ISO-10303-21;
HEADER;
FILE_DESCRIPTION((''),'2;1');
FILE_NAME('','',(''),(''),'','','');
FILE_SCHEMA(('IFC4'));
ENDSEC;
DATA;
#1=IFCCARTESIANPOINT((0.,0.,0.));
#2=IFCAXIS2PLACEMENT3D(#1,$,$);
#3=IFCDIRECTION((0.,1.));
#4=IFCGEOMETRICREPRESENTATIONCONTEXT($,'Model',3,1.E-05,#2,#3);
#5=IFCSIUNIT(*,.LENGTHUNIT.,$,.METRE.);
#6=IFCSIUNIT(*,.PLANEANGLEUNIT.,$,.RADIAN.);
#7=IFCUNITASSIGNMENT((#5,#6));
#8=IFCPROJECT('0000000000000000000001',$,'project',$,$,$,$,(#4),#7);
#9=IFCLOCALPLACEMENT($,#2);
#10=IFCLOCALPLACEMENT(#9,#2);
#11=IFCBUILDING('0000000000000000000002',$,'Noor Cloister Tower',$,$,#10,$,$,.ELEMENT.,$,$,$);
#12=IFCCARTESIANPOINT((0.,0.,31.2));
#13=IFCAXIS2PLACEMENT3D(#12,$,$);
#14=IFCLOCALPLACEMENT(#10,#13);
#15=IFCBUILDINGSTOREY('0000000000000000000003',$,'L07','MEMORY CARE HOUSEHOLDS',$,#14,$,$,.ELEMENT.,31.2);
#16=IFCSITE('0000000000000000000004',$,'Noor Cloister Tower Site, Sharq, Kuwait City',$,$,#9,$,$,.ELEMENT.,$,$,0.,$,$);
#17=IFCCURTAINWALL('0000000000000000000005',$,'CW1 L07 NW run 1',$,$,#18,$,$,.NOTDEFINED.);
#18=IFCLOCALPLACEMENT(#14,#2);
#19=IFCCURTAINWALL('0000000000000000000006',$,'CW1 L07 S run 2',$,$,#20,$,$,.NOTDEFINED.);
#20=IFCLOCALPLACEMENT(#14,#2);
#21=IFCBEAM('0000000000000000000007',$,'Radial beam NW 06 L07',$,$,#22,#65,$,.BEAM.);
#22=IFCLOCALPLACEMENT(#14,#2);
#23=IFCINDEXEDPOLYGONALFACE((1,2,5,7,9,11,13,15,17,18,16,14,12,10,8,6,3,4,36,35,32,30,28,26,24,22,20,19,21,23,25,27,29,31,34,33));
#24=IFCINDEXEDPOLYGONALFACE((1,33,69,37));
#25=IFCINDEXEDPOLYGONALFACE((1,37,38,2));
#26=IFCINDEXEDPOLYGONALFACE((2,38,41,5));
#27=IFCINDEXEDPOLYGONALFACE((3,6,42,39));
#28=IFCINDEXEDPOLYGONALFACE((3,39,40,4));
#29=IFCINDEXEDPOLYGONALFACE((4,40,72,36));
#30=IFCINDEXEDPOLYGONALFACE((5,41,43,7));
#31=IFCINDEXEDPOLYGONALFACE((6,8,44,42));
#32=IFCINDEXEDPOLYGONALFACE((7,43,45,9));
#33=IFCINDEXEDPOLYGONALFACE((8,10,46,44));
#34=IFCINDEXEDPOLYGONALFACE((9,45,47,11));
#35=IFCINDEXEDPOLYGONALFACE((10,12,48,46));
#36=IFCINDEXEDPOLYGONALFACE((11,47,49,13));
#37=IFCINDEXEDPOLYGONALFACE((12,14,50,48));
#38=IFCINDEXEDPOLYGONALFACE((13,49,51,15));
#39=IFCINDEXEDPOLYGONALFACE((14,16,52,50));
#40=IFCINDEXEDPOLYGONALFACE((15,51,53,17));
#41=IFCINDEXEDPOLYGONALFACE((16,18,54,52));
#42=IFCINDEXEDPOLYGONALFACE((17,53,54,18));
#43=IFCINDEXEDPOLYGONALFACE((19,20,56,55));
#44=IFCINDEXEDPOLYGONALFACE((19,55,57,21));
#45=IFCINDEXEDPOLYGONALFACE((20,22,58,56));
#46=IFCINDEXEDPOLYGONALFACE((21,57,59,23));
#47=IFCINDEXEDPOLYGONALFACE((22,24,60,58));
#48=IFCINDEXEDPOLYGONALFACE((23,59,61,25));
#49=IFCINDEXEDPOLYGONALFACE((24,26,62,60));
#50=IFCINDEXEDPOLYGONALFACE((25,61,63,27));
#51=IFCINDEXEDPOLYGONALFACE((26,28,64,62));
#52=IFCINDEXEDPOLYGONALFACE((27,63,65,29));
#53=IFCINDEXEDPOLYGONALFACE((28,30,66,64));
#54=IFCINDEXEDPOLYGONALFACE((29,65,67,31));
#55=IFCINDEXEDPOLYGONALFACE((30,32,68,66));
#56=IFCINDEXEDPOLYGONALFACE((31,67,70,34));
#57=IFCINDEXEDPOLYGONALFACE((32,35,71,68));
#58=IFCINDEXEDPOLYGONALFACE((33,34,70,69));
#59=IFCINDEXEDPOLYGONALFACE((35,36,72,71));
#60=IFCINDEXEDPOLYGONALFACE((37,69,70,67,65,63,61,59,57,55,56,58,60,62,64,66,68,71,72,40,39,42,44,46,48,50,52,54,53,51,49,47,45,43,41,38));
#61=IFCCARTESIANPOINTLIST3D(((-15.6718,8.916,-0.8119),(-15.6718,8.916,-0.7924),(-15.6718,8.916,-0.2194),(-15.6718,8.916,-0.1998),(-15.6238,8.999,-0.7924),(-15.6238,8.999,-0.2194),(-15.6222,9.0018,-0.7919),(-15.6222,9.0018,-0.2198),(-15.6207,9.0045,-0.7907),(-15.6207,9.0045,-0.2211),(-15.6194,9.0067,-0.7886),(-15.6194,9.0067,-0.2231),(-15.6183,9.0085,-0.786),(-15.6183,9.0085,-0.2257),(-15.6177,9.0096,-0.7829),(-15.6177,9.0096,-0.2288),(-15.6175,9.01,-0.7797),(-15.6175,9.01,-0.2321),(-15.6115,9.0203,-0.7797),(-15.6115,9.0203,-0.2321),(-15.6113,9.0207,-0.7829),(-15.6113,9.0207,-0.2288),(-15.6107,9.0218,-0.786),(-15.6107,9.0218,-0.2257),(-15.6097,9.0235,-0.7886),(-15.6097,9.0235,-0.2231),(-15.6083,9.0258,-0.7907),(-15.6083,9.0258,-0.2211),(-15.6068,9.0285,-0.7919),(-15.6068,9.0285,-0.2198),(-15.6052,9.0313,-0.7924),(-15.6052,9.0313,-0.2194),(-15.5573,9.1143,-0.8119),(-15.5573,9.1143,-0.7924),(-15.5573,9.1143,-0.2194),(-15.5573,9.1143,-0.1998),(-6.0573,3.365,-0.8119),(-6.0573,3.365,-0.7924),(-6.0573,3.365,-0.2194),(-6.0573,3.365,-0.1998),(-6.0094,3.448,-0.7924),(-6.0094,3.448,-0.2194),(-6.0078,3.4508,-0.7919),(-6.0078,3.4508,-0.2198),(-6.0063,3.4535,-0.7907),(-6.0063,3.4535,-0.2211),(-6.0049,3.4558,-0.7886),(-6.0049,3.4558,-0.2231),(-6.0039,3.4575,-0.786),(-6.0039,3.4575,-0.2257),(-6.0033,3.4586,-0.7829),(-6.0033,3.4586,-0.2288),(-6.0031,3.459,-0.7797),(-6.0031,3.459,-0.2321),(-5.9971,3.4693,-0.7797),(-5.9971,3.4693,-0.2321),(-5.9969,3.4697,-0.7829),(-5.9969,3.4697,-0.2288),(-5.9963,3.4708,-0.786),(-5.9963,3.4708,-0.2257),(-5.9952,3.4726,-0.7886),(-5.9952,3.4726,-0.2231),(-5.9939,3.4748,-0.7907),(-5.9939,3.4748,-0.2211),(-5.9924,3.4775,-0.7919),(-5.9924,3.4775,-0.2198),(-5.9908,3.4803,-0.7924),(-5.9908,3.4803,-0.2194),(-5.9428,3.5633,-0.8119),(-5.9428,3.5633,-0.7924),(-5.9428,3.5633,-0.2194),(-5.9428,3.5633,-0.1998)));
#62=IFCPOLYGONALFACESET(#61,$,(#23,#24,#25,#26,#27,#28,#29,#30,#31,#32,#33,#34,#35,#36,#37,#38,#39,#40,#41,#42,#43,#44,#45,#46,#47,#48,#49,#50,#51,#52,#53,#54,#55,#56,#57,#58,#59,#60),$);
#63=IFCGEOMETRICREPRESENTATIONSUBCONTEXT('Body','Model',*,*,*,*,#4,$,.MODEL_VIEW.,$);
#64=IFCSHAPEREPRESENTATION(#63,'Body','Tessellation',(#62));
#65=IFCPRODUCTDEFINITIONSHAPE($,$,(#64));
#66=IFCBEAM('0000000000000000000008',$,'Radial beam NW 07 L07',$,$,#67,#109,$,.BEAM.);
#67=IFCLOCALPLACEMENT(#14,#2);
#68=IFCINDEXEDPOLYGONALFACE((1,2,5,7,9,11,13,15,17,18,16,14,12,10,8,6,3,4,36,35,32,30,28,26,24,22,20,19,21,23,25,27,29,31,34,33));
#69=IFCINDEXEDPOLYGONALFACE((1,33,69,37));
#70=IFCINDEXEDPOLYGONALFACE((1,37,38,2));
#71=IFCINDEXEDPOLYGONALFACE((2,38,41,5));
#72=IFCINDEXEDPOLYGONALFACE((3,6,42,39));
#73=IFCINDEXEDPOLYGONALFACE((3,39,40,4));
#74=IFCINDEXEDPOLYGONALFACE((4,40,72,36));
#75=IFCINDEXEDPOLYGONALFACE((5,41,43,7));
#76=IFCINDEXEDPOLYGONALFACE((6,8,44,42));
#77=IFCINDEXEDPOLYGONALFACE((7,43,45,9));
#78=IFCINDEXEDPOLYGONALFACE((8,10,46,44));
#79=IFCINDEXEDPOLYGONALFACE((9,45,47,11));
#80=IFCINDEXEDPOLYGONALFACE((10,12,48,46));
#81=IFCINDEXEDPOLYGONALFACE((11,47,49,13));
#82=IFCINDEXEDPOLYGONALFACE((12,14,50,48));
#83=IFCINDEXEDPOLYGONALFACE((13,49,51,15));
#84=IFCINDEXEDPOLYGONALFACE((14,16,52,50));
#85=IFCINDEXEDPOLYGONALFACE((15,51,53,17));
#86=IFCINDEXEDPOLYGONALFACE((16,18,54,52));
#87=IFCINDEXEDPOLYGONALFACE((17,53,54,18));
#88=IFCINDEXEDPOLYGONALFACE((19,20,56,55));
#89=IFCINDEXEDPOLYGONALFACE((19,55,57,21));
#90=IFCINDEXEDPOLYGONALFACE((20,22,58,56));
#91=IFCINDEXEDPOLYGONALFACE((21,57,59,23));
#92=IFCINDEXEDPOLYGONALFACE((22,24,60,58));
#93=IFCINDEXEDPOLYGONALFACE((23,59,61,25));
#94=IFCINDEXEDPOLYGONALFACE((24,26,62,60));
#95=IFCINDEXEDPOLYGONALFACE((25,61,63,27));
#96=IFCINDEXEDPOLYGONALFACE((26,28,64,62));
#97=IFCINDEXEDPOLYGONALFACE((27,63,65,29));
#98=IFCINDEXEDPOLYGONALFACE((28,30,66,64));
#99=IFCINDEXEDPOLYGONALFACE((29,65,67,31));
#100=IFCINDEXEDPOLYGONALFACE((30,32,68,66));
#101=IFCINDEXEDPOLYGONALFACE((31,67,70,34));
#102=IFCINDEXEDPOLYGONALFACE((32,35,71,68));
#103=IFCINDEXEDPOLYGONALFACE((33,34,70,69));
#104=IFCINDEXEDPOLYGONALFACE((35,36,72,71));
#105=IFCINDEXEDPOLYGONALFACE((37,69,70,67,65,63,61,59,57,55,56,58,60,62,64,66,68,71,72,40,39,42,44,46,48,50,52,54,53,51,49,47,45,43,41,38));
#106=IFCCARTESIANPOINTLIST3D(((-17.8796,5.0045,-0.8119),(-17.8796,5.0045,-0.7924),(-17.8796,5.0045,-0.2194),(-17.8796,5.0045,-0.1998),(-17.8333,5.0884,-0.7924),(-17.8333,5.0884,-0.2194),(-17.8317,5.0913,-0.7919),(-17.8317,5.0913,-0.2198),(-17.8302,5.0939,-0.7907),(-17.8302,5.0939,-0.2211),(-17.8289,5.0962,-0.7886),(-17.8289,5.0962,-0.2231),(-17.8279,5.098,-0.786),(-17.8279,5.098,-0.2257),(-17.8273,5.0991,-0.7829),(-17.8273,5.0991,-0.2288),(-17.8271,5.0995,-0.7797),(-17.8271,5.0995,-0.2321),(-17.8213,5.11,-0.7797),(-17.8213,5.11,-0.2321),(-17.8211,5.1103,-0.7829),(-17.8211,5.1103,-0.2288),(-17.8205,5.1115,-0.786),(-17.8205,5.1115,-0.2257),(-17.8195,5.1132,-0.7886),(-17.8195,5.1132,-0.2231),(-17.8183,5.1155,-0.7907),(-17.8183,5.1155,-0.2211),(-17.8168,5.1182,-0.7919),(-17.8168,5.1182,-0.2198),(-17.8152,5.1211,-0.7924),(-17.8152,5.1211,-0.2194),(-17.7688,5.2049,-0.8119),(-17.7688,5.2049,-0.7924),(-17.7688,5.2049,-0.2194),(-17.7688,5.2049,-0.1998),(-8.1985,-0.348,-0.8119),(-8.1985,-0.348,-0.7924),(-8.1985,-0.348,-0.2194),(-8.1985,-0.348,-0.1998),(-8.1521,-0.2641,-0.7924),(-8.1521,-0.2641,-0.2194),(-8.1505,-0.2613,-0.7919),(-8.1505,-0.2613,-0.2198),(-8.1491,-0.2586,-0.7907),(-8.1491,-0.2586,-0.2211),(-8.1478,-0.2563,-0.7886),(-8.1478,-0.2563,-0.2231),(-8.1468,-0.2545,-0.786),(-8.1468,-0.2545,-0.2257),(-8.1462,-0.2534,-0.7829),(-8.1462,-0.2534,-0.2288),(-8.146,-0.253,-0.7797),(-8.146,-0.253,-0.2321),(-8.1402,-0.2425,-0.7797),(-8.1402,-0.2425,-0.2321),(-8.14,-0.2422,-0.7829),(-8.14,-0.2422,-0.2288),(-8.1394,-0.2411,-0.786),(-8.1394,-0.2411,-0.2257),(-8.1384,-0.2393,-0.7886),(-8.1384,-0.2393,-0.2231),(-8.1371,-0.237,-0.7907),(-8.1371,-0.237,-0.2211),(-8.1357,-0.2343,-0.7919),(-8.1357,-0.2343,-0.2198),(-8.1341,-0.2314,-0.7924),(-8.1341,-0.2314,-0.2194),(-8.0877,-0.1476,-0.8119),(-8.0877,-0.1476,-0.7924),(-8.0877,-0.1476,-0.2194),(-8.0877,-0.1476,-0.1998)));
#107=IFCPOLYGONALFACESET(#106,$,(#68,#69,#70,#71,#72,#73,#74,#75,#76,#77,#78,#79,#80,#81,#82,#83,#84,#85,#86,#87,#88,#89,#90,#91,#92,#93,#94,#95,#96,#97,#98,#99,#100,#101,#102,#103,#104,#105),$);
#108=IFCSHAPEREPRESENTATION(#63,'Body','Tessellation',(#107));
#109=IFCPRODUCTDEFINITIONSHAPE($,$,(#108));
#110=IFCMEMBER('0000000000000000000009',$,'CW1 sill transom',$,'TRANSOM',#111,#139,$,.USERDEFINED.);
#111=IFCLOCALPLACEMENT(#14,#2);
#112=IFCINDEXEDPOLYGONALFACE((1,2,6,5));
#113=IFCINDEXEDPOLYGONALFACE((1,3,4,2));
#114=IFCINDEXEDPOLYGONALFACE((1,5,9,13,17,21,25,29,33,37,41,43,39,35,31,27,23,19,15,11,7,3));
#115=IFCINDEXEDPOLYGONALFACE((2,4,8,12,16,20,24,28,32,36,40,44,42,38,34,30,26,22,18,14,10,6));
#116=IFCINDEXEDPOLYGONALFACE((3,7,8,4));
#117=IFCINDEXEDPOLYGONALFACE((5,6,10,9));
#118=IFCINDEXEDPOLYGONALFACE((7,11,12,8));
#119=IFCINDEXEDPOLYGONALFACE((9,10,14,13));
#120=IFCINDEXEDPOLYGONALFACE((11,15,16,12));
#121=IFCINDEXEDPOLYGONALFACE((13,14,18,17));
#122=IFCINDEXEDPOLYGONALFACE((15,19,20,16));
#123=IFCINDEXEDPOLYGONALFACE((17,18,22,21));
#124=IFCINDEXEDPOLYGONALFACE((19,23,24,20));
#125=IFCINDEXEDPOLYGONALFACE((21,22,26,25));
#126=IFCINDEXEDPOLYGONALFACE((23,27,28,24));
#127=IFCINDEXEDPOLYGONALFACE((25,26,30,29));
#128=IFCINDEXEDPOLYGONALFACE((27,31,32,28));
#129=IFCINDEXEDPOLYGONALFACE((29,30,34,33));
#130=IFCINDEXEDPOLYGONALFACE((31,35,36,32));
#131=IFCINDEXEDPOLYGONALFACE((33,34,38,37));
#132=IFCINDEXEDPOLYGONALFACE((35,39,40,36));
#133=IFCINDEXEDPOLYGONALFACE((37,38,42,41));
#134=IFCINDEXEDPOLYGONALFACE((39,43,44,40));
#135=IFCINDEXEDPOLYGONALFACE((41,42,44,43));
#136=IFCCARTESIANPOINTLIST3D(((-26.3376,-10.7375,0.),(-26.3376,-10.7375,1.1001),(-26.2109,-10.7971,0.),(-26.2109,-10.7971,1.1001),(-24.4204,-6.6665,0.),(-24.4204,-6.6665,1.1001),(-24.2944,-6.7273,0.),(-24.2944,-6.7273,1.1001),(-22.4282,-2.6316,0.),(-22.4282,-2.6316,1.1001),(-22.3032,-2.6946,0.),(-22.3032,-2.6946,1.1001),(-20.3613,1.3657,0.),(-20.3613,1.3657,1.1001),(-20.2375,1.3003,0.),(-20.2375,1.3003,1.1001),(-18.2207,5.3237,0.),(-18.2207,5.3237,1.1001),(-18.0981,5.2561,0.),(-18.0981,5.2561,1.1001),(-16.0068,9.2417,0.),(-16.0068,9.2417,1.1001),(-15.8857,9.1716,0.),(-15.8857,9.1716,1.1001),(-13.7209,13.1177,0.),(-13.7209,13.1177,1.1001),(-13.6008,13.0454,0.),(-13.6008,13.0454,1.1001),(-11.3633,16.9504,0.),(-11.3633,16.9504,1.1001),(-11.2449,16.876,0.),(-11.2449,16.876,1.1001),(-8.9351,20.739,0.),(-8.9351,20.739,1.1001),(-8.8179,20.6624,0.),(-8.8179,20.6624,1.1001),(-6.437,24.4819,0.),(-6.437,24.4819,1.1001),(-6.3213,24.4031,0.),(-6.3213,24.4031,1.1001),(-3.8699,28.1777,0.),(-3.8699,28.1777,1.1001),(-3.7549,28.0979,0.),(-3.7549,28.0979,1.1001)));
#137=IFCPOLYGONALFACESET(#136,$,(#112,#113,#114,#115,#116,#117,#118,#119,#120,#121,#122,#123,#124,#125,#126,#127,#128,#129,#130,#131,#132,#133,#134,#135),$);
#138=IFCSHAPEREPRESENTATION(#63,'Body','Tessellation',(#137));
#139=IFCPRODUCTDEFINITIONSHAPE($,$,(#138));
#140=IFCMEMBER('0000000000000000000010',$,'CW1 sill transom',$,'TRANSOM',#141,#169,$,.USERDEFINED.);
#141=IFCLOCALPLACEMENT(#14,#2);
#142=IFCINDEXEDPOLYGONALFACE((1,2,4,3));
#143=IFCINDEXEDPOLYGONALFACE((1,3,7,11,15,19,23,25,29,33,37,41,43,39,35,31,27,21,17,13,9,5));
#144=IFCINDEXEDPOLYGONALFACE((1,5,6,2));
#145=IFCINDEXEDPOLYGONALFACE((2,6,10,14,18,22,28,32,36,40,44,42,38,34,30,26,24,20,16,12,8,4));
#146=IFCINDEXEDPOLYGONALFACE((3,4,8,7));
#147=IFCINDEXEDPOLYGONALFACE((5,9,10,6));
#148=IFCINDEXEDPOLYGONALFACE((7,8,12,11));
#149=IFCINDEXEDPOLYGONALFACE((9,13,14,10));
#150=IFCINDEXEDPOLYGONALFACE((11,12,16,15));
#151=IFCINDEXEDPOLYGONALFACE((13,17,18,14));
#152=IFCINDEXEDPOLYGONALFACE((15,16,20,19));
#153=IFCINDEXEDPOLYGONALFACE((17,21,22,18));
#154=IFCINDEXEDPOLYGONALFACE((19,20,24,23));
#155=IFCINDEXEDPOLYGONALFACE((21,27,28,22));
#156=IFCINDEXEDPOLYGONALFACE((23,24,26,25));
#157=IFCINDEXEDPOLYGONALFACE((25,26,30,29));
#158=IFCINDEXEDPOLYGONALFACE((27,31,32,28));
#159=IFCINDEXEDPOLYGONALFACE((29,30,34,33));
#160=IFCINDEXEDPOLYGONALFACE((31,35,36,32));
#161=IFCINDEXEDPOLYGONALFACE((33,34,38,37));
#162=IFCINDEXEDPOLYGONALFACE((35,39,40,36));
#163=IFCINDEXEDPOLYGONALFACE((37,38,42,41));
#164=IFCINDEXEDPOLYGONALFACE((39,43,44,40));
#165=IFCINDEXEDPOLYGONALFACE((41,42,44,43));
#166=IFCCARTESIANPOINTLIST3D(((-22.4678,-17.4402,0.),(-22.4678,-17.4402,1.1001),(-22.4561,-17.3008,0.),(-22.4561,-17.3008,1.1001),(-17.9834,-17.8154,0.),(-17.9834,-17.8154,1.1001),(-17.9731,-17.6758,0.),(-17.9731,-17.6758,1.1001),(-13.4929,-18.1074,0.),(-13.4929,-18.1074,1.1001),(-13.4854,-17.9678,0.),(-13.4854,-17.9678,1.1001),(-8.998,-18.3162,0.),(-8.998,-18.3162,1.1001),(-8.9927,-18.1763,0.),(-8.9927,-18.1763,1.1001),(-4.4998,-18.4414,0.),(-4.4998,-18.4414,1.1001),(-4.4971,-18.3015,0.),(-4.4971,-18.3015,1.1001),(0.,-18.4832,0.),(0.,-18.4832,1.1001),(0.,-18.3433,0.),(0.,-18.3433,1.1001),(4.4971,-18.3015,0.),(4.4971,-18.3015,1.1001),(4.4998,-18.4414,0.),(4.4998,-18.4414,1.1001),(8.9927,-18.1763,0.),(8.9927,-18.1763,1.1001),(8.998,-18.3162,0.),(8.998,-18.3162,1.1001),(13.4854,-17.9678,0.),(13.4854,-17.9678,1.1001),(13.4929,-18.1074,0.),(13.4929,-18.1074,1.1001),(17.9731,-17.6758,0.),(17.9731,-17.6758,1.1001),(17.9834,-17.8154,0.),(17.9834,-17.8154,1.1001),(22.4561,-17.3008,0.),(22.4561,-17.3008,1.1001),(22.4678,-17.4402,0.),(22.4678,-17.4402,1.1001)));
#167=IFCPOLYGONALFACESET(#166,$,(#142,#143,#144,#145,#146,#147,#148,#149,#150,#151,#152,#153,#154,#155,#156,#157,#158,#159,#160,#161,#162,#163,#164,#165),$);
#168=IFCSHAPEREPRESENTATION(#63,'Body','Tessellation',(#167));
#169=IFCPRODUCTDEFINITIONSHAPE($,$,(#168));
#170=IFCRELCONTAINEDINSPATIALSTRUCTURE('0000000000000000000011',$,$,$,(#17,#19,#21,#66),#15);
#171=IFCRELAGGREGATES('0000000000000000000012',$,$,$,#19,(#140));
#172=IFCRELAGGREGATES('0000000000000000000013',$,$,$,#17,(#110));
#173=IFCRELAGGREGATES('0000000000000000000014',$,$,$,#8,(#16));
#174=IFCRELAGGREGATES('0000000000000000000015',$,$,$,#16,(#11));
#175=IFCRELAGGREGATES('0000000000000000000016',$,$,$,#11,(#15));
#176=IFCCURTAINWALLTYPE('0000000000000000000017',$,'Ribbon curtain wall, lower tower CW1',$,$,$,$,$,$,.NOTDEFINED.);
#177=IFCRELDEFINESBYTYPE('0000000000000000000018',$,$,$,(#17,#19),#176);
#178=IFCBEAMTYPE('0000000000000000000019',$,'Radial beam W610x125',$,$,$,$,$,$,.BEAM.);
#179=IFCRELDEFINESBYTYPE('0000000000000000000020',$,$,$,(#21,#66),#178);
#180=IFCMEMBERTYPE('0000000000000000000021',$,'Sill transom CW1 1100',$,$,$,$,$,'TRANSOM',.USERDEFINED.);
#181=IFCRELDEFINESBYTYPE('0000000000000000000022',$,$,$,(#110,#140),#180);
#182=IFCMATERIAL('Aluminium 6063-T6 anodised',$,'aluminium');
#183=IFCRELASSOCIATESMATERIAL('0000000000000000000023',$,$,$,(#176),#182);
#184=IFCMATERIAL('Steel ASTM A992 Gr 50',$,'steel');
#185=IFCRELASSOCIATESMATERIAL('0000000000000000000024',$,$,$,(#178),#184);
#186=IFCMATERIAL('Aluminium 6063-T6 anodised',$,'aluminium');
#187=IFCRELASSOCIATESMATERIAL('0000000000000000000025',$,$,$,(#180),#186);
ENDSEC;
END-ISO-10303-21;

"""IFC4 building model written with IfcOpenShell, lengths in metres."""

from ifc_helpers import new_model, si_unit, direction, frame, origin, origin_2d, place, context, subcontext, project, spatial, polyline, i_section, outline, extrude, material, material_profile, profile_set, type_object, element, aggregate, save


model = new_model("IFC4")

# Units and contexts
model_context = context("Model", 3, precision=1e-05, world=origin(), true_north=direction((0.0, 1.0)))
body_context = subcontext(model_context, "Body", "Model", "MODEL_VIEW")
ifc_project = project(units=[si_unit("LENGTHUNIT", "METRE"), si_unit("PLANEANGLEUNIT", "RADIAN")], contexts=[model_context])

# Site, building, storey
site_placement = place(None, origin())
site = spatial("IfcSite", under=ifc_project, at=site_placement, Name="Noor Cloister Tower Site, Sharq, Kuwait City", CompositionType="ELEMENT", RefElevation=0.0)
building_placement = place(site_placement, origin())
building = spatial("IfcBuilding", under=site, at=building_placement, Name="Noor Cloister Tower", CompositionType="ELEMENT")
storey_placement = place(building_placement, frame((0.0, 0.0, 31.2)))
storey = spatial("IfcBuildingStorey", under=building, at=storey_placement, Name="L07", Description="MEMORY CARE HOUSEHOLDS", CompositionType="ELEMENT", Elevation=31.2)

# Curtain walls
ifc_material_1 = material(Name="Aluminium 6063-T6 anodised", Category="aluminium")
curtain_wall_type = type_object("IfcCurtainWallType", Name="Ribbon curtain wall, lower tower CW1", PredefinedType="NOTDEFINED", material=ifc_material_1)
curtain_wall_1_placement = place(storey_placement, origin())
curtain_wall_1 = element("IfcCurtainWall", 1, at=curtain_wall_1_placement, inside=storey, type_object=curtain_wall_type, Name="CW1 L07 NW run 1", PredefinedType="NOTDEFINED")
curtain_wall_2_placement = place(storey_placement, origin())
curtain_wall_2 = element("IfcCurtainWall", 2, at=curtain_wall_2_placement, inside=storey, type_object=curtain_wall_type, Name="CW1 L07 S run 2", PredefinedType="NOTDEFINED")

# Beams
ifc_material_2 = material(Name="Steel ASTM A992 Gr 50", Category="steel")
ifc_material_profile_1 = material_profile(ifc_material_2, i_section(OverallWidth=0.229, OverallDepth=0.6121, WebThickness=0.012, FlangeThickness=0.0195, FilletRadius=0.0127, at=origin_2d()), Name="W610x125")
ifc_profile_set_1 = profile_set([ifc_material_profile_1], Name="Steel ASTM A992 Gr 50")
beam_type_1 = type_object("IfcBeamType", Name="Radial beam W610x125", PredefinedType="BEAM", material=ifc_profile_set_1)
beam_1_placement = place(storey_placement, frame((-15.6145, 9.0151, -0.5059), z_axis=(0.866022, -0.500006, 0.0), x_axis=(0.500006, 0.866022, 0.0)))
element("IfcBeam", 3, at=beam_1_placement, inside=storey, type_object=beam_type_1, Name="Radial beam NW 06 L07", PredefinedType="BEAM", context=body_context, shape_type="SweptSolid", body=[
    extrude(i_section(OverallWidth=0.229, OverallDepth=0.6121, WebThickness=0.012, FlangeThickness=0.0195, FilletRadius=0.0127, at=origin_2d()), origin(), (0.0, 0.0, 1.0), 11.1018),
])
beam_2_placement = place(storey_placement, frame((-17.8242, 5.1047, -0.5059), z_axis=(0.875149, -0.483854, 0.0), x_axis=(0.483854, 0.875149, 0.0)))
element("IfcBeam", 4, at=beam_2_placement, inside=storey, type_object=beam_type_1, Name="Radial beam NW 07 L07", PredefinedType="BEAM", context=body_context, shape_type="SweptSolid", body=[
    extrude(i_section(OverallWidth=0.229, OverallDepth=0.6121, WebThickness=0.012, FlangeThickness=0.0195, FilletRadius=0.0127, at=origin_2d()), origin(), (0.0, 0.0, 1.0), 11.0623),
])

# Members
ifc_material_3 = material(Name="Aluminium 6063-T6 anodised", Category="aluminium")
member_type_1 = type_object("IfcMemberType", Name="Sill transom CW1 1100", ElementType="TRANSOM", PredefinedType="USERDEFINED", material=ifc_material_3)
member_1_placement = place(storey_placement, origin())
member_1 = element("IfcMember", 5, at=member_1_placement, type_object=member_type_1, Name="CW1 sill transom", ObjectType="TRANSOM", PredefinedType="USERDEFINED", context=body_context, shape_type="SweptSolid", body=[
    extrude(outline(polyline([(-3.8699, 28.1777), (-6.437, 24.4819), (-8.9351, 20.739), (-11.3633, 16.9504), (-13.7209, 13.1177), (-16.0068, 9.2417), (-18.2207, 5.3237), (-20.3613, 1.3657), (-22.4282, -2.6316), (-24.4204, -6.6665), (-26.3376, -10.7375), (-26.2109, -10.7971), (-24.2944, -6.7273), (-22.3032, -2.6946), (-20.2375, 1.3003), (-18.0981, 5.2561), (-15.8857, 9.1716), (-13.6008, 13.0454), (-11.2449, 16.876), (-8.8179, 20.6624), (-6.3213, 24.4031), (-3.7549, 28.0979), (-3.8699, 28.1777)])), origin(), (0.0, 0.0, 1.0), 1.1001),
])
member_2_placement = place(storey_placement, origin())
member_2 = element("IfcMember", 6, at=member_2_placement, type_object=member_type_1, Name="CW1 sill transom", ObjectType="TRANSOM", PredefinedType="USERDEFINED", context=body_context, shape_type="SweptSolid", body=[
    extrude(outline(polyline([(-22.4678, -17.4402), (-17.9834, -17.8154), (-13.4929, -18.1074), (-8.998, -18.3162), (-4.4998, -18.4414), (0.0, -18.4832), (4.4998, -18.4414), (8.998, -18.3162), (13.4929, -18.1074), (17.9834, -17.8154), (22.4678, -17.4402), (22.4561, -17.3008), (17.9731, -17.6758), (13.4854, -17.9678), (8.9927, -18.1763), (4.4971, -18.3015), (0.0, -18.3433), (-4.4971, -18.3015), (-8.9927, -18.1763), (-13.4854, -17.9678), (-17.9731, -17.6758), (-22.4561, -17.3008), (-22.4678, -17.4402)])), origin(), (0.0, 0.0, 1.0), 1.1001),
])
aggregate(curtain_wall_2, [member_2])

aggregate(curtain_wall_1, [member_1])

save(model, "model.ifc")
